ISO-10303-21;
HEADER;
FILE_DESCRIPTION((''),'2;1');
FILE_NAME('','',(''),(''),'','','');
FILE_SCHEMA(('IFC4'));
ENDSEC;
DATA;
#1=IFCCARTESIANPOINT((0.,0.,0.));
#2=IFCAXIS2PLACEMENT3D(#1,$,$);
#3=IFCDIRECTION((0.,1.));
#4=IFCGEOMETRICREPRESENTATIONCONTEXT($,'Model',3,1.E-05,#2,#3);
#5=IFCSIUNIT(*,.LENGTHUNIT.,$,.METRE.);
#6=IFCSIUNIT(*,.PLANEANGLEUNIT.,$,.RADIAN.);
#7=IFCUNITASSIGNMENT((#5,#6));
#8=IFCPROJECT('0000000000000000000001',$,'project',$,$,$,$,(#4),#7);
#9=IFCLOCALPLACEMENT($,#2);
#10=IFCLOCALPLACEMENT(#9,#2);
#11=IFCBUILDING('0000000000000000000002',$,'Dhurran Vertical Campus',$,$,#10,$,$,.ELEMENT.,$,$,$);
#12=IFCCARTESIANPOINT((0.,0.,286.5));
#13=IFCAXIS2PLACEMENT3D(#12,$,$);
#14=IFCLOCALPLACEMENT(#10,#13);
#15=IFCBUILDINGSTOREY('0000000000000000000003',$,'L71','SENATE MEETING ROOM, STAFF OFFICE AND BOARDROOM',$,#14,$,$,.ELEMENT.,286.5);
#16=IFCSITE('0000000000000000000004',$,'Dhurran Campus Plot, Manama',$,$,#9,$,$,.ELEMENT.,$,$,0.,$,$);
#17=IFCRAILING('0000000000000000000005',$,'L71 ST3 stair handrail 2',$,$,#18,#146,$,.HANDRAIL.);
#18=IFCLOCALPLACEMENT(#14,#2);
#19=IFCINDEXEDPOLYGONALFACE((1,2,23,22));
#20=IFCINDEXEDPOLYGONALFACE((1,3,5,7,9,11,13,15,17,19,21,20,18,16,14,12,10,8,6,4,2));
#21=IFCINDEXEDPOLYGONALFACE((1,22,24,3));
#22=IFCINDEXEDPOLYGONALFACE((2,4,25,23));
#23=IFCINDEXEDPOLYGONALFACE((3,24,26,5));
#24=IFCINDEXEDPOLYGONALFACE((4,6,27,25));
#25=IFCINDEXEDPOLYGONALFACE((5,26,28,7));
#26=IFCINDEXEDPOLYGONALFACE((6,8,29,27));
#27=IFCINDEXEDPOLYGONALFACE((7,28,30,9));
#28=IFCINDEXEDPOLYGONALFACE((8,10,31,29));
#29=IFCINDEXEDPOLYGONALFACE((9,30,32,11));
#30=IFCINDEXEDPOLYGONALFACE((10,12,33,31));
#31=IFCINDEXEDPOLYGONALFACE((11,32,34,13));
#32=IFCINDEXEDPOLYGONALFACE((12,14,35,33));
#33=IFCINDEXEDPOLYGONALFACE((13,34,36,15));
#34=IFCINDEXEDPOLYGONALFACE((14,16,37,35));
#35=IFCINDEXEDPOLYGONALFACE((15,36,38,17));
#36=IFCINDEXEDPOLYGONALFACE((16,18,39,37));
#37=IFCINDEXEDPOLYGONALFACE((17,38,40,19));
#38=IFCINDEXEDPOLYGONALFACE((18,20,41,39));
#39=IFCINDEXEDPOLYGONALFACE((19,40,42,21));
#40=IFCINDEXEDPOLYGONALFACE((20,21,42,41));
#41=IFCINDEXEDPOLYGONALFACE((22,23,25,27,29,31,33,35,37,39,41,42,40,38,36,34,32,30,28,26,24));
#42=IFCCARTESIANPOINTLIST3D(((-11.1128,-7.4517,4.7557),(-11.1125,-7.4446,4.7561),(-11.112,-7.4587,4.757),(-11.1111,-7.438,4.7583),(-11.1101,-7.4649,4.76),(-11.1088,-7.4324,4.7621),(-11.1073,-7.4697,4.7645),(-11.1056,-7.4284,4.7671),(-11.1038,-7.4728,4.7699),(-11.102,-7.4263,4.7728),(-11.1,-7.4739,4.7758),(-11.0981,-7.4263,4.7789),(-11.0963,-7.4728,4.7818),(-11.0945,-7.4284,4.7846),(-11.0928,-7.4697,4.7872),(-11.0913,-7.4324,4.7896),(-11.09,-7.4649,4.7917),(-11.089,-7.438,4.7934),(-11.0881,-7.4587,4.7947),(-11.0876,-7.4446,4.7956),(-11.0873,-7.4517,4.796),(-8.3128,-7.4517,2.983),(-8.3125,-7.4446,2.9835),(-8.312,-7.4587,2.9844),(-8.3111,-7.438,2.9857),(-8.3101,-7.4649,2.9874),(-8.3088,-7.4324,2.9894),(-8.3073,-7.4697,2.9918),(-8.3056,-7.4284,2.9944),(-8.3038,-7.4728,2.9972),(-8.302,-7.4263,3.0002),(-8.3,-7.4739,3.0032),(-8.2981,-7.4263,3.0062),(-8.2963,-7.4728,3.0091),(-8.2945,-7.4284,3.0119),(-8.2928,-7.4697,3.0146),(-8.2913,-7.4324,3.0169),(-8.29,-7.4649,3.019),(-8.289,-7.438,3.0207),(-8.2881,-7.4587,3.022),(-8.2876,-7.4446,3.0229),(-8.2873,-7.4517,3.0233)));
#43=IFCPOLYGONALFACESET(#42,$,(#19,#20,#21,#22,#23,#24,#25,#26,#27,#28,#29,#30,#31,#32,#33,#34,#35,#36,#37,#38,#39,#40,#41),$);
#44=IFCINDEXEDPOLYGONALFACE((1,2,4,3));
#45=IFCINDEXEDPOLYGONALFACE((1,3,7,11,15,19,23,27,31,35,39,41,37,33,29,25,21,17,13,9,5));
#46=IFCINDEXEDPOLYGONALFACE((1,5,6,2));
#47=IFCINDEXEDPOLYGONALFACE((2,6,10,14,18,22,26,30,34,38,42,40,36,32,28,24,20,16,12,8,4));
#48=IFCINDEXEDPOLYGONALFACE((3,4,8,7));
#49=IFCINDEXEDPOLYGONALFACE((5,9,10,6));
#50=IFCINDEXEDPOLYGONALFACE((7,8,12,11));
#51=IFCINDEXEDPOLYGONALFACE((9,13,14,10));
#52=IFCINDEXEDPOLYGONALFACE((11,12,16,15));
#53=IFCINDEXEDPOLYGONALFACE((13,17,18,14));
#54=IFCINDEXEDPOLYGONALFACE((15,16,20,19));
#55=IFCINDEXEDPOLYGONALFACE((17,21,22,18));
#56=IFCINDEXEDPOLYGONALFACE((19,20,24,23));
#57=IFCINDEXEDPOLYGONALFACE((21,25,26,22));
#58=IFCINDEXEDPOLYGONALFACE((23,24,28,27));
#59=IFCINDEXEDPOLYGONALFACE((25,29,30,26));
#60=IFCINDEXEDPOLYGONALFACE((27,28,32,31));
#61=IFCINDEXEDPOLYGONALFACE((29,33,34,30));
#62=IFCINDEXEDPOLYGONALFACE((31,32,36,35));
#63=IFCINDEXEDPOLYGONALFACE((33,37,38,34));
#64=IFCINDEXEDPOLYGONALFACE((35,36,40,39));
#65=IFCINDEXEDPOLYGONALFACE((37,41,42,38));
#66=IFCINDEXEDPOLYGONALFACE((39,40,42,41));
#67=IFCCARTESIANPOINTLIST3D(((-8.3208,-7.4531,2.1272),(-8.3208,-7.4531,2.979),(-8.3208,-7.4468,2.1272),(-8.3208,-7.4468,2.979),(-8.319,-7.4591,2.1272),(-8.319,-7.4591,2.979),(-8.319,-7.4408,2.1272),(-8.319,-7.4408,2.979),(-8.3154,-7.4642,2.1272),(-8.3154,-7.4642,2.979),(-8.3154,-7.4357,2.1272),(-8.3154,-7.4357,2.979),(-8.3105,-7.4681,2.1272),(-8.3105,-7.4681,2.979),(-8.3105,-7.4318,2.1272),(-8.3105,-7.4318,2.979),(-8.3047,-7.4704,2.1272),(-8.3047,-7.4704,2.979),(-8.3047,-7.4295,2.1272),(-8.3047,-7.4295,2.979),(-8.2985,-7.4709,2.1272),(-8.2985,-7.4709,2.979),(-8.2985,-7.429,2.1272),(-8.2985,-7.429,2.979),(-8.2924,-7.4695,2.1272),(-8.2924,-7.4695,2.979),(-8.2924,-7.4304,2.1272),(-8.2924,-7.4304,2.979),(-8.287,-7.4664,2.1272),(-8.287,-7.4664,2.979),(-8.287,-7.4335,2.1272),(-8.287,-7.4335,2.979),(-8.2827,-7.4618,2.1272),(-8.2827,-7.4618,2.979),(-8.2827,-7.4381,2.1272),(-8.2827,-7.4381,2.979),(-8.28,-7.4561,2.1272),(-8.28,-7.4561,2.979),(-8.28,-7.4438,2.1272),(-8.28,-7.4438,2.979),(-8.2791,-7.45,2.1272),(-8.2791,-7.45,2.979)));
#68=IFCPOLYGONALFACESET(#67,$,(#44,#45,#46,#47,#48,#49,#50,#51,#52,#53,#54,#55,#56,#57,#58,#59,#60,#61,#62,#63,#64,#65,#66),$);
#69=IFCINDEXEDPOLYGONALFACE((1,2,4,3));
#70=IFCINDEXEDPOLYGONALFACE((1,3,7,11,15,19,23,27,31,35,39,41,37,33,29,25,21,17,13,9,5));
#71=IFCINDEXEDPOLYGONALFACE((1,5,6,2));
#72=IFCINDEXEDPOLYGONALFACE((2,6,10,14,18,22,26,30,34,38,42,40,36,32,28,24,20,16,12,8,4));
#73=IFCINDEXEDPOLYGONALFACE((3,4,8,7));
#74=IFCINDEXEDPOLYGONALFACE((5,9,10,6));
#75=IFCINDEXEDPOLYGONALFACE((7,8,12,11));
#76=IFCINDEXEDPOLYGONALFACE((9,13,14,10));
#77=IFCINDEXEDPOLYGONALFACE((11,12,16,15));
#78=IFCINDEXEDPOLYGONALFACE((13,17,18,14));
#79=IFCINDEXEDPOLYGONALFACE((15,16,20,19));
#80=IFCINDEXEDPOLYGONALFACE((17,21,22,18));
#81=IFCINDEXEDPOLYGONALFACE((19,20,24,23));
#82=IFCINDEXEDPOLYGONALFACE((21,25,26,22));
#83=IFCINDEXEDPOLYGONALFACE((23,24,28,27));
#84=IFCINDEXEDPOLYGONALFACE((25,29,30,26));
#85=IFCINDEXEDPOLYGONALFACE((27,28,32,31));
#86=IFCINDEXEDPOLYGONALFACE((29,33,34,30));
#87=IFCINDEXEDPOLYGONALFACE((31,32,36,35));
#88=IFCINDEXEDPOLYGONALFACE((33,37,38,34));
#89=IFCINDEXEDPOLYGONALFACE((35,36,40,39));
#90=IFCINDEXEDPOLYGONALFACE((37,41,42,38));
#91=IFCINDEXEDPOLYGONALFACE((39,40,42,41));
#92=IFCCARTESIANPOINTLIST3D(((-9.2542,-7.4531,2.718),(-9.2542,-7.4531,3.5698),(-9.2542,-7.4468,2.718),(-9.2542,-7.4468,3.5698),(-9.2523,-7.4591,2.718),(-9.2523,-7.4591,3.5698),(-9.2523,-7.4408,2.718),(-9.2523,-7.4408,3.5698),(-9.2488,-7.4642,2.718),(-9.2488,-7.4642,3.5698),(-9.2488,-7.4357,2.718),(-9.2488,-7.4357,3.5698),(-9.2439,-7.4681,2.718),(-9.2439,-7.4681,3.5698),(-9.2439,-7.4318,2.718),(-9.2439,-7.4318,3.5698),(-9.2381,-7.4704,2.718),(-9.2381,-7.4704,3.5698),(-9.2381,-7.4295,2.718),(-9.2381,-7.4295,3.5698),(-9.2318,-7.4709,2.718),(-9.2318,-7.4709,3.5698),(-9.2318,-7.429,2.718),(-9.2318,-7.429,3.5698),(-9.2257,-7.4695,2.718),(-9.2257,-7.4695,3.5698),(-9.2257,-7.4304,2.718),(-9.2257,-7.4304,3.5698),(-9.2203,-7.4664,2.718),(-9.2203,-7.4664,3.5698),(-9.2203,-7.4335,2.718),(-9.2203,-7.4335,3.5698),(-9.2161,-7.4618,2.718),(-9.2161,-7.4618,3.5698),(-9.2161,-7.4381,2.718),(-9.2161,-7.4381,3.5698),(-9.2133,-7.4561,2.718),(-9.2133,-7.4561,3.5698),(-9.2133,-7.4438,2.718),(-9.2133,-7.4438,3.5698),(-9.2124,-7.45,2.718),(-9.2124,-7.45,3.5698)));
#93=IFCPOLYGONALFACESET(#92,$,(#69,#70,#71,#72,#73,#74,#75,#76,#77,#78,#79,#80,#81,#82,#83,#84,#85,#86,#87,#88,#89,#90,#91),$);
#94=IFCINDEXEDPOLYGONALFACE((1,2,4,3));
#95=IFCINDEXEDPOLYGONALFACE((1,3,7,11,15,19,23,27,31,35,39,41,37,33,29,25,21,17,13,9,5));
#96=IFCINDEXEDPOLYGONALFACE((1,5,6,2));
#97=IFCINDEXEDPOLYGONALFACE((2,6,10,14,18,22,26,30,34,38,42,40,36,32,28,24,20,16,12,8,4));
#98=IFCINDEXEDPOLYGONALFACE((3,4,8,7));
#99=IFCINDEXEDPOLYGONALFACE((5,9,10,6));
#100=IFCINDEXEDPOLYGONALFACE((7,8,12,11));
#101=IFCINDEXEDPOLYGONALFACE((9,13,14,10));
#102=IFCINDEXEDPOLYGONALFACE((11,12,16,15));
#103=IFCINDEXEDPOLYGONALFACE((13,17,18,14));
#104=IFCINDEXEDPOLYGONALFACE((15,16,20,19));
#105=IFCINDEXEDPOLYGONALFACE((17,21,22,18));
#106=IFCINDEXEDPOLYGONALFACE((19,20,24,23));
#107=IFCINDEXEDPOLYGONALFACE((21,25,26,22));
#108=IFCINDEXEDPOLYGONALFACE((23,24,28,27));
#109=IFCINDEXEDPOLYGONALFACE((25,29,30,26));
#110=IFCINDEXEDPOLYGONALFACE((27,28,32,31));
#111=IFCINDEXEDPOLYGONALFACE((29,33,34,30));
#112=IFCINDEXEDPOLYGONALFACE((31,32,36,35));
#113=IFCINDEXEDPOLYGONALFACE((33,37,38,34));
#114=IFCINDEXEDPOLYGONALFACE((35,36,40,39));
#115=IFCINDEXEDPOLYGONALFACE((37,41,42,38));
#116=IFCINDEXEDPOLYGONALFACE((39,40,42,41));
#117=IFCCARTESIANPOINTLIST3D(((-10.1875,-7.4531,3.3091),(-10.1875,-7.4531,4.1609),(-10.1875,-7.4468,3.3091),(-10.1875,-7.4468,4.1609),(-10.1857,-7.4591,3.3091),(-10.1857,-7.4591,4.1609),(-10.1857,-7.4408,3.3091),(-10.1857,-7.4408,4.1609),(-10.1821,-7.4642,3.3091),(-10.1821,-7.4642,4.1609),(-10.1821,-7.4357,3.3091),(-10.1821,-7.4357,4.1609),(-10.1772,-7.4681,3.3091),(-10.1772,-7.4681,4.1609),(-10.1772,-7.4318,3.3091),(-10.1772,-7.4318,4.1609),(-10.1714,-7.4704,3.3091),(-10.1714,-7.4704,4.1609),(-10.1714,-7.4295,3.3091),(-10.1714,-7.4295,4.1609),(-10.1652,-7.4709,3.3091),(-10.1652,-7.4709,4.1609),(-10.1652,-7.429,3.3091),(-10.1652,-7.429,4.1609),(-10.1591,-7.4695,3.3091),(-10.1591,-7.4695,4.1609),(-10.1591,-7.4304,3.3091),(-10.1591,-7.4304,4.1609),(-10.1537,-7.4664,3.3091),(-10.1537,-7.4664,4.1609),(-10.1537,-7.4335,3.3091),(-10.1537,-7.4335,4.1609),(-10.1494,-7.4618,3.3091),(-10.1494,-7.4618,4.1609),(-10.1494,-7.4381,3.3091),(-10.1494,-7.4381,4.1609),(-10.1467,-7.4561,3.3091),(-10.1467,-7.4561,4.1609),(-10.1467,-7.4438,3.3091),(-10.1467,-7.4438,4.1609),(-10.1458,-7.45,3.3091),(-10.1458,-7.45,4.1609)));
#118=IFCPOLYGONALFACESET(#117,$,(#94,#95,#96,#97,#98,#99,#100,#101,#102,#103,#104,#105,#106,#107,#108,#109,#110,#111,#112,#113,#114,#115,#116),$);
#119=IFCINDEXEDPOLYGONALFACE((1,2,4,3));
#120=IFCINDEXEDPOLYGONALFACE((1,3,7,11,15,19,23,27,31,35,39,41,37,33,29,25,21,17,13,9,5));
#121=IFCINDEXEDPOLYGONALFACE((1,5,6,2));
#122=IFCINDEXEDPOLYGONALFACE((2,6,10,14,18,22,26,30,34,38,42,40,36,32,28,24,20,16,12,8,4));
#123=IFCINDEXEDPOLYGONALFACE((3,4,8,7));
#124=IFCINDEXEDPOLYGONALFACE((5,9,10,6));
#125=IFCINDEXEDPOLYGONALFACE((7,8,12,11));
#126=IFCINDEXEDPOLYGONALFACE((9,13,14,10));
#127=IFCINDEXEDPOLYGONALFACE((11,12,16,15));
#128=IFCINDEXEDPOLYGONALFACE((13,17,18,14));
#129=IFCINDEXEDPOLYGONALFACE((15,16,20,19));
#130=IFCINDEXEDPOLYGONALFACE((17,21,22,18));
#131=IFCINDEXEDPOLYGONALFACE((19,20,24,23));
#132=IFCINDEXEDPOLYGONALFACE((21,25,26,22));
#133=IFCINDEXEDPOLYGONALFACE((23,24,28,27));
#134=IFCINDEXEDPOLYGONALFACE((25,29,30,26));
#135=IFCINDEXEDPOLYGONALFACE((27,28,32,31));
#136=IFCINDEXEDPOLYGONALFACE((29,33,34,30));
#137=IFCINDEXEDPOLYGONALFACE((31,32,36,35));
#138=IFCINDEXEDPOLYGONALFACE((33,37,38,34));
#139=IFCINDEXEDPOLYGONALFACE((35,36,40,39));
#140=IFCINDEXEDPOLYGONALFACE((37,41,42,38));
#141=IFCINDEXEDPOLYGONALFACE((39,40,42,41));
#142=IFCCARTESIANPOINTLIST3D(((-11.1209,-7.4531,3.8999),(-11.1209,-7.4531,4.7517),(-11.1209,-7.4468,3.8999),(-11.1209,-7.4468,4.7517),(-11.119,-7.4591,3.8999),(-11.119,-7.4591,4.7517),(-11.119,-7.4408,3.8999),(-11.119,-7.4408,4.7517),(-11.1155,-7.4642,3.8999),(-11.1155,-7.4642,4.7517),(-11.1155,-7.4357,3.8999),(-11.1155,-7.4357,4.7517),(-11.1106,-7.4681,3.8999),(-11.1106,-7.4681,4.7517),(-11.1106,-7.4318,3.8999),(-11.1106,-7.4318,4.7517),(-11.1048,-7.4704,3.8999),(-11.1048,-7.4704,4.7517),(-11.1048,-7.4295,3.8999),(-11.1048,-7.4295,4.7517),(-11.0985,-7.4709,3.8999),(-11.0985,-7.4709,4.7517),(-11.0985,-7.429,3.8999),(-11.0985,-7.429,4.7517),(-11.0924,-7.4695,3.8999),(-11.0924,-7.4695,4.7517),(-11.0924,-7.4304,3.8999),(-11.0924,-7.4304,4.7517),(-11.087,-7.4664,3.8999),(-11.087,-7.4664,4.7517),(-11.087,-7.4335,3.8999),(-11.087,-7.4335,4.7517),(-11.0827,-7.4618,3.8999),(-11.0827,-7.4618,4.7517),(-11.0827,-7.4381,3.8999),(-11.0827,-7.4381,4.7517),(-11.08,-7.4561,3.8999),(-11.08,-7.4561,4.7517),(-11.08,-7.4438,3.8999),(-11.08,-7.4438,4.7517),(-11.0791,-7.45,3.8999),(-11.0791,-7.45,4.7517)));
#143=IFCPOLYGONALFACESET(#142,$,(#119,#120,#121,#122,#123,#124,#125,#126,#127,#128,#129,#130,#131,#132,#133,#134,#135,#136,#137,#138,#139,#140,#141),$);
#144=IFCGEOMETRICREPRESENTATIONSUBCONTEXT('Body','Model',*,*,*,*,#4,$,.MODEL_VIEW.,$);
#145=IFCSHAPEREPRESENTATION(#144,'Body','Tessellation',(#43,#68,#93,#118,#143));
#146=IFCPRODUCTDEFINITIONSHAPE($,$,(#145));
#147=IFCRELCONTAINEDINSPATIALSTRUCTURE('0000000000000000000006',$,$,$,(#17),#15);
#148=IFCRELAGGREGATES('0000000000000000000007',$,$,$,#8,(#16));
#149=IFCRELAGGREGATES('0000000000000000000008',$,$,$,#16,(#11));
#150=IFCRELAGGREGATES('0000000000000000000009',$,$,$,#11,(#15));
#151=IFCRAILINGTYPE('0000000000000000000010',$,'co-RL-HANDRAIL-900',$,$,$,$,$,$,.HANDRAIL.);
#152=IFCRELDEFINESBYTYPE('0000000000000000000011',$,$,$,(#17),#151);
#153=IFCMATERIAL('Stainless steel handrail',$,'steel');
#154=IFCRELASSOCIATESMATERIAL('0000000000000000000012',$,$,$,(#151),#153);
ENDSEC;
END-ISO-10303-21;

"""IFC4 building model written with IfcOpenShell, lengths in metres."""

from ifc_helpers import new_model, si_unit, direction, frame, origin, origin_2d, place, context, subcontext, project, spatial, circle, extrude, material, type_object, element, save


model = new_model("IFC4")

# Units and contexts
model_context = context("Model", 3, precision=1e-05, world=origin(), true_north=direction((0.0, 1.0)))
body_context = subcontext(model_context, "Body", "Model", "MODEL_VIEW")
ifc_project = project(units=[si_unit("LENGTHUNIT", "METRE"), si_unit("PLANEANGLEUNIT", "RADIAN")], contexts=[model_context])

# Site, building, storey
site_placement = place(None, origin())
site = spatial("IfcSite", under=ifc_project, at=site_placement, Name="Dhurran Campus Plot, Manama", CompositionType="ELEMENT", RefElevation=0.0)
building_placement = place(site_placement, origin())
building = spatial("IfcBuilding", under=site, at=building_placement, Name="Dhurran Vertical Campus", CompositionType="ELEMENT")
storey_placement = place(building_placement, frame((0.0, 0.0, 286.5)))
storey = spatial("IfcBuildingStorey", under=building, at=storey_placement, Name="L71", Description="SENATE MEETING ROOM, STAFF OFFICE AND BOARDROOM", CompositionType="ELEMENT", Elevation=286.5)

# Railing
ifc_material_1 = material(Name="Stainless steel handrail", Category="steel")
railing_type_1 = type_object("IfcRailingType", Name="co-RL-HANDRAIL-900", PredefinedType="HANDRAIL", material=ifc_material_1)
railing_1_placement = place(storey_placement, frame((-8.3, -7.45, 2.1272)))
element("IfcRailing", 1, at=railing_1_placement, inside=storey, type_object=railing_type_1, Name="L71 ST3 stair handrail 2", PredefinedType="HANDRAIL", context=body_context, shape_type="SweptSolid", body=[
    extrude(circle(Radius=0.0239, at=origin_2d()), frame((0.0, 0.0, 0.876), z_axis=(-0.844909, 0.0, 0.53491), x_axis=(0.0, -1.0, 0.0)), (0.0, 0.0, 1.0), 3.314),
    extrude(circle(Radius=0.021, at=origin_2d()), origin(), (0.0, 0.0, 1.0), 0.8518),
    extrude(circle(Radius=0.021, at=origin_2d()), frame((-0.9333, 0.0, 0.5908)), (0.0, 0.0, 1.0), 0.8518),
    extrude(circle(Radius=0.021, at=origin_2d()), frame((-1.8667, 0.0, 1.1819)), (0.0, 0.0, 1.0), 0.8518),
    extrude(circle(Radius=0.021, at=origin_2d()), frame((-2.8, 0.0, 1.7727)), (0.0, 0.0, 1.0), 0.8518),
])

save(model, "model.ifc")
